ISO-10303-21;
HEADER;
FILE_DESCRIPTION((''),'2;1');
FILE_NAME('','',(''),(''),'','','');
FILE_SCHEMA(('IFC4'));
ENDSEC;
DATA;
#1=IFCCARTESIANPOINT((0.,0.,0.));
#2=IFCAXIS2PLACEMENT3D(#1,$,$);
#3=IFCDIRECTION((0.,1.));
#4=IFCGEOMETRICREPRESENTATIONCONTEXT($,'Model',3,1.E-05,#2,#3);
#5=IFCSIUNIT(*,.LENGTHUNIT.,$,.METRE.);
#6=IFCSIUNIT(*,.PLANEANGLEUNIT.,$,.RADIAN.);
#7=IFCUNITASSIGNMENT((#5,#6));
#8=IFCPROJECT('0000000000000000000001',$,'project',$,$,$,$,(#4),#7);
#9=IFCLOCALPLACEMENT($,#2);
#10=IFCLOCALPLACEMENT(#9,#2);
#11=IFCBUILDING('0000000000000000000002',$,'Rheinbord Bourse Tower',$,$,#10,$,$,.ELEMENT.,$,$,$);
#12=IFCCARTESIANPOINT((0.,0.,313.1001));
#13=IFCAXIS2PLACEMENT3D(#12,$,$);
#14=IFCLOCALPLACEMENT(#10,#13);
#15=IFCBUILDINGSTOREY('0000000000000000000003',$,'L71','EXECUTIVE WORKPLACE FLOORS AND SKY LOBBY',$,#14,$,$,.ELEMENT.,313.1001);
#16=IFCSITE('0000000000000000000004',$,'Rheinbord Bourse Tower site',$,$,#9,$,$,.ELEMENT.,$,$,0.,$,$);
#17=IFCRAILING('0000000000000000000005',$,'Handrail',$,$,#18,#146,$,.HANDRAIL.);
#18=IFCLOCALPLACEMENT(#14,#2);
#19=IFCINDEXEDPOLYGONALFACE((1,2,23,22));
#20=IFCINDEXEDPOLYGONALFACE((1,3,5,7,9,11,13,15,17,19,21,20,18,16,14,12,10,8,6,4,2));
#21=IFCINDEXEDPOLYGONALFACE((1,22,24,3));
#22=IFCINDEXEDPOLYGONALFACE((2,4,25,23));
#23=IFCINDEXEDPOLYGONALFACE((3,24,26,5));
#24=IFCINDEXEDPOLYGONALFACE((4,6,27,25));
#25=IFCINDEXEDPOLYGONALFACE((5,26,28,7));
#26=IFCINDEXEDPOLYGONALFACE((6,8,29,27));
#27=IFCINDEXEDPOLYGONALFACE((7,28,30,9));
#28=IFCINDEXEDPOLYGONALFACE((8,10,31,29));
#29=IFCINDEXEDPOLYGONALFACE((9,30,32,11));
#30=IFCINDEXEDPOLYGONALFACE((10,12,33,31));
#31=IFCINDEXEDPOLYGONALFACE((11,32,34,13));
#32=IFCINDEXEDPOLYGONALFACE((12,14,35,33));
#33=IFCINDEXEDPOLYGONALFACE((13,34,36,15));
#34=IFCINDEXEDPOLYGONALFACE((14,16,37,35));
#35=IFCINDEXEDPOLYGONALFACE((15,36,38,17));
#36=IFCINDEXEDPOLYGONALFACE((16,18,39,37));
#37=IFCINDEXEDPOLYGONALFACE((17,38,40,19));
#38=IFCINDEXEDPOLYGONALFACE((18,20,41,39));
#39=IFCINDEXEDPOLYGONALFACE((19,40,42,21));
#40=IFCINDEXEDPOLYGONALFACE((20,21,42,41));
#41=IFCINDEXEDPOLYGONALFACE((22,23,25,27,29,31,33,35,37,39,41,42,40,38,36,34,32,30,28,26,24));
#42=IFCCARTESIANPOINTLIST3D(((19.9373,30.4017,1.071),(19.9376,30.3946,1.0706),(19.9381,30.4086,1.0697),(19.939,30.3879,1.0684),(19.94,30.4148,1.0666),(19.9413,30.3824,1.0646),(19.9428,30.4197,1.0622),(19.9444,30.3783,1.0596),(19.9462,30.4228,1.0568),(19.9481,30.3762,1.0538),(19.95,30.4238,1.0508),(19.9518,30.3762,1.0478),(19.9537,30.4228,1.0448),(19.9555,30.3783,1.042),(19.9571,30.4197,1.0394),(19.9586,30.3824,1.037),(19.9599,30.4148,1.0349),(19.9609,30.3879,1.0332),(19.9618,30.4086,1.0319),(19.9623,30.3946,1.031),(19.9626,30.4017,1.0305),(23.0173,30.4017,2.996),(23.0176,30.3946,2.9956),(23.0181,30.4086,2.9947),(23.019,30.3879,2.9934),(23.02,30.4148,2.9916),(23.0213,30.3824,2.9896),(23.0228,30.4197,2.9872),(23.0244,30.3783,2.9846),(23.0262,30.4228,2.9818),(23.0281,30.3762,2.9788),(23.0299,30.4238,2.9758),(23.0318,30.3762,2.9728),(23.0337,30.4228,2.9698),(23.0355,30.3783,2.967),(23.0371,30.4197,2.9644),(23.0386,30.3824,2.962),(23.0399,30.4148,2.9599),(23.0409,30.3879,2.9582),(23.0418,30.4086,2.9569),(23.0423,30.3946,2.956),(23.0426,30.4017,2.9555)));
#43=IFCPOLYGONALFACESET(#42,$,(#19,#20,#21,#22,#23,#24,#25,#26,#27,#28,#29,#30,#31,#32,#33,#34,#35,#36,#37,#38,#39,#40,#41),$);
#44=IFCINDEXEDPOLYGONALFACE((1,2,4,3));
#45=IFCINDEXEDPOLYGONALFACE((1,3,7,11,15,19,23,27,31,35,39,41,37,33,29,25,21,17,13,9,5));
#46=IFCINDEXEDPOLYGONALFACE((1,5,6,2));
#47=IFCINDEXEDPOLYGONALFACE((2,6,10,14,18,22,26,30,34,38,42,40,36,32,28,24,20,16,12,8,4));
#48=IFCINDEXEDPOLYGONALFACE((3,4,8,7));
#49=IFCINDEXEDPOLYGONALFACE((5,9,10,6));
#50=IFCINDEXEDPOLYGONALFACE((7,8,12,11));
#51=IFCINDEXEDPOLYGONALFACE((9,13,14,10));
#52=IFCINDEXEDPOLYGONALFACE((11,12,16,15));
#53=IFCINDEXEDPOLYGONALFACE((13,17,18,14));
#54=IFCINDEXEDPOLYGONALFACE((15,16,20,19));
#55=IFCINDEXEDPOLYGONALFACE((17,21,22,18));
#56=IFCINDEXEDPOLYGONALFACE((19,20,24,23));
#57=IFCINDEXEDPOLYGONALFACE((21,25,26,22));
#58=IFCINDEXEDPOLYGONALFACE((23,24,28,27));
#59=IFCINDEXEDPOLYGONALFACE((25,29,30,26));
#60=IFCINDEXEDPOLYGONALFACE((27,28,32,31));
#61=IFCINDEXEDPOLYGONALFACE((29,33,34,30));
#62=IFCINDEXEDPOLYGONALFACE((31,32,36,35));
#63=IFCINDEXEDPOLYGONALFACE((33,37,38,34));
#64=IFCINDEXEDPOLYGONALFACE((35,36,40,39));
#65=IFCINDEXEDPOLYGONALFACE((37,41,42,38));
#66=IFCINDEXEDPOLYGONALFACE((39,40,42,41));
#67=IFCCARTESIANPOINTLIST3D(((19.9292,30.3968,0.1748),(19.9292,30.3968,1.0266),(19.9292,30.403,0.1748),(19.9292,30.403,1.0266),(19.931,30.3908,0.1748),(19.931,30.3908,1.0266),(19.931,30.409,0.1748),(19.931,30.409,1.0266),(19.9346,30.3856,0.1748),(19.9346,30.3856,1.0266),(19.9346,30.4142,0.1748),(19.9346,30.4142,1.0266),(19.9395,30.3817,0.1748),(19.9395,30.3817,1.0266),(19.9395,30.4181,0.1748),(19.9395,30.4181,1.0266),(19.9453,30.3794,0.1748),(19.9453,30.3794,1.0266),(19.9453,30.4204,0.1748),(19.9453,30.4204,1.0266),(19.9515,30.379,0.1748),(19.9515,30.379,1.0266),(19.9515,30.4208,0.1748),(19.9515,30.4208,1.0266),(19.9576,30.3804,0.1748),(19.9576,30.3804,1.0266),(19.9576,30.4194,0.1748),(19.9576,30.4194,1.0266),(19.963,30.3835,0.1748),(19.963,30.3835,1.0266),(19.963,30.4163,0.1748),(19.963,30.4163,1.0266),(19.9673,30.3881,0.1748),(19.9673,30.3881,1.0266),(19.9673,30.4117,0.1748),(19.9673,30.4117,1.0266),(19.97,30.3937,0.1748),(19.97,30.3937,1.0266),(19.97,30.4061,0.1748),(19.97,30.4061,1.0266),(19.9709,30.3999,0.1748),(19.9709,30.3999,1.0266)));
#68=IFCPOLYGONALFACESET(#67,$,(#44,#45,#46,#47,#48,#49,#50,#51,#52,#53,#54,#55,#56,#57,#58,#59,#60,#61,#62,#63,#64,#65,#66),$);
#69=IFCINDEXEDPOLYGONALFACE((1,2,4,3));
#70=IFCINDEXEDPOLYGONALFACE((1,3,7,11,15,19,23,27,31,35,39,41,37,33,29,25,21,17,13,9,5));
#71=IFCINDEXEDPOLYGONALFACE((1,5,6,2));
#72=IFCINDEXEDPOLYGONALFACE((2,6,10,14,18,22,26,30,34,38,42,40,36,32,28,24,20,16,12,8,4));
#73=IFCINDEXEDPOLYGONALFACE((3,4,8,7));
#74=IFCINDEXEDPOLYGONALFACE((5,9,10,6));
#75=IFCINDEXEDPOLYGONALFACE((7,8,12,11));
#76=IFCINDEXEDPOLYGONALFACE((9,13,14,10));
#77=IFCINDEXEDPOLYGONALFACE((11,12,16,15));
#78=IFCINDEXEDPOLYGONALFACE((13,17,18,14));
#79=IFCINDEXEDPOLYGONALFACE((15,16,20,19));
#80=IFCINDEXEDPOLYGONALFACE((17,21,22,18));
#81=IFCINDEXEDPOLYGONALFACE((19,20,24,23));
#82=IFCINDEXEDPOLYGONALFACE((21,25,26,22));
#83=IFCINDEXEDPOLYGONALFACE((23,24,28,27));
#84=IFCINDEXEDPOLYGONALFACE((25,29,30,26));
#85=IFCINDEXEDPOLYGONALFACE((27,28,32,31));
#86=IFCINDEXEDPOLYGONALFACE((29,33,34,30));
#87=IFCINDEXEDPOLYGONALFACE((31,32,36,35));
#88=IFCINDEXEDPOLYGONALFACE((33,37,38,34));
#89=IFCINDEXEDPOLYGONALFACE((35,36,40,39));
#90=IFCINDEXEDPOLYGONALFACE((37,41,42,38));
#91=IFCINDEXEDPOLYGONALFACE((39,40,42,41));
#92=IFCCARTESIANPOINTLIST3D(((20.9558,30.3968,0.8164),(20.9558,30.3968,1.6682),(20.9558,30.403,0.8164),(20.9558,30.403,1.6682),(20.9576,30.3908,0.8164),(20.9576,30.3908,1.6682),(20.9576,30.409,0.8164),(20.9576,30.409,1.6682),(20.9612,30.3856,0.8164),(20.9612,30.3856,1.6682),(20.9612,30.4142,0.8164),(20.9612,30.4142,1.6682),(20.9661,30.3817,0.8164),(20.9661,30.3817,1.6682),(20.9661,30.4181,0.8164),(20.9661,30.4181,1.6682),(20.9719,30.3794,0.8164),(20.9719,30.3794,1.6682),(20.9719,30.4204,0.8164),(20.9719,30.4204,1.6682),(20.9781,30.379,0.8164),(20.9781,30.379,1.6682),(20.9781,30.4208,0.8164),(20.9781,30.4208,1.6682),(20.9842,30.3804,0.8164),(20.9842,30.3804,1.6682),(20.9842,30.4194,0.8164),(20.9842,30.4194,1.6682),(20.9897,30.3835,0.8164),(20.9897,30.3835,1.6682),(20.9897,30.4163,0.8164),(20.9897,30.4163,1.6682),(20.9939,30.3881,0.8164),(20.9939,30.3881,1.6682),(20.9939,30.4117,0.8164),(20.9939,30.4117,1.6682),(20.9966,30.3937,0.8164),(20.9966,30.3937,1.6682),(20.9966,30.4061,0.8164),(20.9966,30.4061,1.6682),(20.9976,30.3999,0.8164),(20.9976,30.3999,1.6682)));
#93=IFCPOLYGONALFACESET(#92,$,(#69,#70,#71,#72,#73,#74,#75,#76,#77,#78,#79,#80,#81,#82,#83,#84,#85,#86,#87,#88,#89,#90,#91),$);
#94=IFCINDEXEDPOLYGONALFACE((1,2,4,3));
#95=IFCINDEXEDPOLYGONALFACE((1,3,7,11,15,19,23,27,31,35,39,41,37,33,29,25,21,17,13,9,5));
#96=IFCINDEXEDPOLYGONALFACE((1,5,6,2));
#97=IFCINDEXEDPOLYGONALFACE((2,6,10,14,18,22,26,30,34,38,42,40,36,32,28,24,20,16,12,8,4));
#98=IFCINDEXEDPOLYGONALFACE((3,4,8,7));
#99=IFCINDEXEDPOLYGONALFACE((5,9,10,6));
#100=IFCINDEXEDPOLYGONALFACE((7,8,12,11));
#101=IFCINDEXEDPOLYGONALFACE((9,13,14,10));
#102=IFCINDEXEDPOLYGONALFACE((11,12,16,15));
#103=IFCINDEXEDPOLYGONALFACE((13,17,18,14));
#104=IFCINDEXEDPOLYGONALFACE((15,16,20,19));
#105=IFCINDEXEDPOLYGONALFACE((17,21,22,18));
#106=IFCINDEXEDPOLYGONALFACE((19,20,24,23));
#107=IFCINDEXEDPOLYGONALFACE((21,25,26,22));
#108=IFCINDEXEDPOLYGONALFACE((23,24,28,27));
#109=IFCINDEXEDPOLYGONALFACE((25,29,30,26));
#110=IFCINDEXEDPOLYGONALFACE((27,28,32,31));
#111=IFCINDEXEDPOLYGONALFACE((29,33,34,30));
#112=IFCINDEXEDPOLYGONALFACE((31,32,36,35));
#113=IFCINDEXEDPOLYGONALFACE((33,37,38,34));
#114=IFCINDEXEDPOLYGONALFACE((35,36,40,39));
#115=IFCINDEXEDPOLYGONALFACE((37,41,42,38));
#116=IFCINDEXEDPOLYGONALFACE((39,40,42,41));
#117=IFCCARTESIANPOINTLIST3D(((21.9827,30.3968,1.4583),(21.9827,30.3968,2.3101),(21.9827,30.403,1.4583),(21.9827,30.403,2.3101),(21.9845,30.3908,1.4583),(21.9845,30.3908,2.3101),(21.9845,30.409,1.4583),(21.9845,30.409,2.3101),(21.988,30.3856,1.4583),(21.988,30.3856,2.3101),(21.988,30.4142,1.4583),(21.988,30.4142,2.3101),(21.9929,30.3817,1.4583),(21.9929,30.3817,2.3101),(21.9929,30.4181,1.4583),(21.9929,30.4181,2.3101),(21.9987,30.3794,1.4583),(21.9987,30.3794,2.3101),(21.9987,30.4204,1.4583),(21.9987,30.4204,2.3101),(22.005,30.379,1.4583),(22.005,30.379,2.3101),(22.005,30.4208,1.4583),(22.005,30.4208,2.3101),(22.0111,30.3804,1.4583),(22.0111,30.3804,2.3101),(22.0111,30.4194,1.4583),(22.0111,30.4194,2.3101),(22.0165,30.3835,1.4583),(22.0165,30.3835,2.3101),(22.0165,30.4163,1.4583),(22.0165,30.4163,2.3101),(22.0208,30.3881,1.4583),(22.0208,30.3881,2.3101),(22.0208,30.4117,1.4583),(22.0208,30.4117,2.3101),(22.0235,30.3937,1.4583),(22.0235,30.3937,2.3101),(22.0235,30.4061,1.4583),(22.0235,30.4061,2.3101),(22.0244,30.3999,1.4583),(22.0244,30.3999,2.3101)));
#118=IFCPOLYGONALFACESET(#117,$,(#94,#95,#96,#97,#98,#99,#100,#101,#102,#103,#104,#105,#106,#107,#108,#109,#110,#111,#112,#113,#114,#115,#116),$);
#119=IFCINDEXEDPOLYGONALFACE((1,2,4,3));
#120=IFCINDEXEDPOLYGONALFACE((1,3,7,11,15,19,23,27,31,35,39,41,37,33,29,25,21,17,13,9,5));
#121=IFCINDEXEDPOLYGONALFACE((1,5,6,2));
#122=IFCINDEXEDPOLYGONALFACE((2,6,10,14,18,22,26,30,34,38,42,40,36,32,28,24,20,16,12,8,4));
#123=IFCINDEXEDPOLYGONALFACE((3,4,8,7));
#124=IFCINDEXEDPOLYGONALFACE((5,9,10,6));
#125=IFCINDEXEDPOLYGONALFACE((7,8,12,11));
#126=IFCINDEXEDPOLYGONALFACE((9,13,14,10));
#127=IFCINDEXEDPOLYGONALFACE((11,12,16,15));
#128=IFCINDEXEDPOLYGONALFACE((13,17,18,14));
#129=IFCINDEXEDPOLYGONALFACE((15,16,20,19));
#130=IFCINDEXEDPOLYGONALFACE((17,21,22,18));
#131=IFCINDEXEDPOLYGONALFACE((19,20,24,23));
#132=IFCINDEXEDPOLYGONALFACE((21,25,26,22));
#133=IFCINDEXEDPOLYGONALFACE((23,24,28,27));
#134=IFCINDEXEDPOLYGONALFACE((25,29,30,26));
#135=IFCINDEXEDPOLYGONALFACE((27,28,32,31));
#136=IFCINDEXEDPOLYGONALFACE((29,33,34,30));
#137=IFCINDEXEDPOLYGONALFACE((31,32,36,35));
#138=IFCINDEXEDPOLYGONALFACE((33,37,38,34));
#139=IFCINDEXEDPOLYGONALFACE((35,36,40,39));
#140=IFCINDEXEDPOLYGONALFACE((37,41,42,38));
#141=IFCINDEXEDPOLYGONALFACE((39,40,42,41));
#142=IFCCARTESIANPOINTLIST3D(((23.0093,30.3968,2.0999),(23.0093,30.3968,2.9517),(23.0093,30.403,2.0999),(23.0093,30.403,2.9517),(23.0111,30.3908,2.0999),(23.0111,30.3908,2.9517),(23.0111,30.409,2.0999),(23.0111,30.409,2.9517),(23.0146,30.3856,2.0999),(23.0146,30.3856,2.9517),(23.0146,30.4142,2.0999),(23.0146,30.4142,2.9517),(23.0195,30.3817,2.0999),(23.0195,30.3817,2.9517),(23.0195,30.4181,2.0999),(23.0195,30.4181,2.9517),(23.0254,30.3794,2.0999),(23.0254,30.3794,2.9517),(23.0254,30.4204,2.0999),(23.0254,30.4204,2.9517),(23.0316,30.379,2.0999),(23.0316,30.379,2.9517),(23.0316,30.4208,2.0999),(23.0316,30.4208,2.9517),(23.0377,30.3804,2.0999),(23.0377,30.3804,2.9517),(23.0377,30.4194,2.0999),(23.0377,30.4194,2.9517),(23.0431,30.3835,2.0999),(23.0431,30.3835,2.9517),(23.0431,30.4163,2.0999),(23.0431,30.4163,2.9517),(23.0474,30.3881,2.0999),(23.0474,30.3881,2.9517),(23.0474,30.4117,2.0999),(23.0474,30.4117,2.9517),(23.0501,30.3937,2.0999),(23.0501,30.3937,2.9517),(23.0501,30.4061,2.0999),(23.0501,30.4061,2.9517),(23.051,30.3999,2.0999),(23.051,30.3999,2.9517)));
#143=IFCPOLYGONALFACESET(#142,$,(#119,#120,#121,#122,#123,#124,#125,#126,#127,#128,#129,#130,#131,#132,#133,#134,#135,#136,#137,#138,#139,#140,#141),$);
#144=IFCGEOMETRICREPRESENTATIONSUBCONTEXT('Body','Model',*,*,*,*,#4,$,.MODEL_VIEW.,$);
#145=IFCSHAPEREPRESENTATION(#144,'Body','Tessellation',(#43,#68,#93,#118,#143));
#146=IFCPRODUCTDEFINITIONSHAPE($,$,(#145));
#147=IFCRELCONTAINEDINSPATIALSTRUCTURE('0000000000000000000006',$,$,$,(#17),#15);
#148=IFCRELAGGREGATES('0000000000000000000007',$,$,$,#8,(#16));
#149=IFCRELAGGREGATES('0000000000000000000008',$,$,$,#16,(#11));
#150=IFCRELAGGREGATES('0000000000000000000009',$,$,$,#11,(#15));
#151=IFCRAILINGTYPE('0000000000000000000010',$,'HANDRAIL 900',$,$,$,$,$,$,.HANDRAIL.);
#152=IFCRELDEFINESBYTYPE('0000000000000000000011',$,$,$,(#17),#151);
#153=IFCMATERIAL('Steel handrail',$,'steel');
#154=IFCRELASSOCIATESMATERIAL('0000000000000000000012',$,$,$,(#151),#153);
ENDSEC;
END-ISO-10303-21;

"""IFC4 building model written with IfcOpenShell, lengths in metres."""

from ifc_helpers import new_model, si_unit, direction, frame, origin, origin_2d, place, context, subcontext, project, spatial, circle, extrude, material, type_object, element, save


model = new_model("IFC4")

# Units and contexts
model_context = context("Model", 3, precision=1e-05, world=origin(), true_north=direction((0.0, 1.0)))
body_context = subcontext(model_context, "Body", "Model", "MODEL_VIEW")
ifc_project = project(units=[si_unit("LENGTHUNIT", "METRE"), si_unit("PLANEANGLEUNIT", "RADIAN")], contexts=[model_context])

# Site, building, storey
site_placement = place(None, origin())
site = spatial("IfcSite", under=ifc_project, at=site_placement, Name="Rheinbord Bourse Tower site", CompositionType="ELEMENT", RefElevation=0.0)
building_placement = place(site_placement, origin())
building = spatial("IfcBuilding", under=site, at=building_placement, Name="Rheinbord Bourse Tower", CompositionType="ELEMENT")
storey_placement = place(building_placement, frame((0.0, 0.0, 313.1001)))
storey = spatial("IfcBuildingStorey", under=building, at=storey_placement, Name="L71", Description="EXECUTIVE WORKPLACE FLOORS AND SKY LOBBY", CompositionType="ELEMENT", Elevation=313.1001)

# Railing
ifc_material_1 = material(Name="Steel handrail", Category="steel")
railing_type = type_object("IfcRailingType", Name="HANDRAIL 900", PredefinedType="HANDRAIL", material=ifc_material_1)
railing_1_placement = place(storey_placement, frame((19.95, 30.3999, 0.1748)))
element("IfcRailing", 1, at=railing_1_placement, inside=storey, type_object=railing_type, Name="Handrail", PredefinedType="HANDRAIL", context=body_context, shape_type="SweptSolid", body=[
    extrude(circle(Radius=0.0239, at=origin_2d()), frame((0.0, 0.0, 0.876), z_axis=(0.847998, 0.0, 0.529999), x_axis=(0.0, 1.0, 0.0)), (0.0, 0.0, 1.0), 3.6321),
    extrude(circle(Radius=0.021, at=origin_2d()), origin(), (0.0, 0.0, 1.0), 0.8518),
    extrude(circle(Radius=0.021, at=origin_2d()), frame((1.0266, 0.0, 0.6416)), (0.0, 0.0, 1.0), 0.8518),
    extrude(circle(Radius=0.021, at=origin_2d()), frame((2.0535, 0.0, 1.2834)), (0.0, 0.0, 1.0), 0.8518),
    extrude(circle(Radius=0.021, at=origin_2d()), frame((3.0801, 0.0, 1.925)), (0.0, 0.0, 1.0), 0.8518),
])

save(model, "model.ifc")
